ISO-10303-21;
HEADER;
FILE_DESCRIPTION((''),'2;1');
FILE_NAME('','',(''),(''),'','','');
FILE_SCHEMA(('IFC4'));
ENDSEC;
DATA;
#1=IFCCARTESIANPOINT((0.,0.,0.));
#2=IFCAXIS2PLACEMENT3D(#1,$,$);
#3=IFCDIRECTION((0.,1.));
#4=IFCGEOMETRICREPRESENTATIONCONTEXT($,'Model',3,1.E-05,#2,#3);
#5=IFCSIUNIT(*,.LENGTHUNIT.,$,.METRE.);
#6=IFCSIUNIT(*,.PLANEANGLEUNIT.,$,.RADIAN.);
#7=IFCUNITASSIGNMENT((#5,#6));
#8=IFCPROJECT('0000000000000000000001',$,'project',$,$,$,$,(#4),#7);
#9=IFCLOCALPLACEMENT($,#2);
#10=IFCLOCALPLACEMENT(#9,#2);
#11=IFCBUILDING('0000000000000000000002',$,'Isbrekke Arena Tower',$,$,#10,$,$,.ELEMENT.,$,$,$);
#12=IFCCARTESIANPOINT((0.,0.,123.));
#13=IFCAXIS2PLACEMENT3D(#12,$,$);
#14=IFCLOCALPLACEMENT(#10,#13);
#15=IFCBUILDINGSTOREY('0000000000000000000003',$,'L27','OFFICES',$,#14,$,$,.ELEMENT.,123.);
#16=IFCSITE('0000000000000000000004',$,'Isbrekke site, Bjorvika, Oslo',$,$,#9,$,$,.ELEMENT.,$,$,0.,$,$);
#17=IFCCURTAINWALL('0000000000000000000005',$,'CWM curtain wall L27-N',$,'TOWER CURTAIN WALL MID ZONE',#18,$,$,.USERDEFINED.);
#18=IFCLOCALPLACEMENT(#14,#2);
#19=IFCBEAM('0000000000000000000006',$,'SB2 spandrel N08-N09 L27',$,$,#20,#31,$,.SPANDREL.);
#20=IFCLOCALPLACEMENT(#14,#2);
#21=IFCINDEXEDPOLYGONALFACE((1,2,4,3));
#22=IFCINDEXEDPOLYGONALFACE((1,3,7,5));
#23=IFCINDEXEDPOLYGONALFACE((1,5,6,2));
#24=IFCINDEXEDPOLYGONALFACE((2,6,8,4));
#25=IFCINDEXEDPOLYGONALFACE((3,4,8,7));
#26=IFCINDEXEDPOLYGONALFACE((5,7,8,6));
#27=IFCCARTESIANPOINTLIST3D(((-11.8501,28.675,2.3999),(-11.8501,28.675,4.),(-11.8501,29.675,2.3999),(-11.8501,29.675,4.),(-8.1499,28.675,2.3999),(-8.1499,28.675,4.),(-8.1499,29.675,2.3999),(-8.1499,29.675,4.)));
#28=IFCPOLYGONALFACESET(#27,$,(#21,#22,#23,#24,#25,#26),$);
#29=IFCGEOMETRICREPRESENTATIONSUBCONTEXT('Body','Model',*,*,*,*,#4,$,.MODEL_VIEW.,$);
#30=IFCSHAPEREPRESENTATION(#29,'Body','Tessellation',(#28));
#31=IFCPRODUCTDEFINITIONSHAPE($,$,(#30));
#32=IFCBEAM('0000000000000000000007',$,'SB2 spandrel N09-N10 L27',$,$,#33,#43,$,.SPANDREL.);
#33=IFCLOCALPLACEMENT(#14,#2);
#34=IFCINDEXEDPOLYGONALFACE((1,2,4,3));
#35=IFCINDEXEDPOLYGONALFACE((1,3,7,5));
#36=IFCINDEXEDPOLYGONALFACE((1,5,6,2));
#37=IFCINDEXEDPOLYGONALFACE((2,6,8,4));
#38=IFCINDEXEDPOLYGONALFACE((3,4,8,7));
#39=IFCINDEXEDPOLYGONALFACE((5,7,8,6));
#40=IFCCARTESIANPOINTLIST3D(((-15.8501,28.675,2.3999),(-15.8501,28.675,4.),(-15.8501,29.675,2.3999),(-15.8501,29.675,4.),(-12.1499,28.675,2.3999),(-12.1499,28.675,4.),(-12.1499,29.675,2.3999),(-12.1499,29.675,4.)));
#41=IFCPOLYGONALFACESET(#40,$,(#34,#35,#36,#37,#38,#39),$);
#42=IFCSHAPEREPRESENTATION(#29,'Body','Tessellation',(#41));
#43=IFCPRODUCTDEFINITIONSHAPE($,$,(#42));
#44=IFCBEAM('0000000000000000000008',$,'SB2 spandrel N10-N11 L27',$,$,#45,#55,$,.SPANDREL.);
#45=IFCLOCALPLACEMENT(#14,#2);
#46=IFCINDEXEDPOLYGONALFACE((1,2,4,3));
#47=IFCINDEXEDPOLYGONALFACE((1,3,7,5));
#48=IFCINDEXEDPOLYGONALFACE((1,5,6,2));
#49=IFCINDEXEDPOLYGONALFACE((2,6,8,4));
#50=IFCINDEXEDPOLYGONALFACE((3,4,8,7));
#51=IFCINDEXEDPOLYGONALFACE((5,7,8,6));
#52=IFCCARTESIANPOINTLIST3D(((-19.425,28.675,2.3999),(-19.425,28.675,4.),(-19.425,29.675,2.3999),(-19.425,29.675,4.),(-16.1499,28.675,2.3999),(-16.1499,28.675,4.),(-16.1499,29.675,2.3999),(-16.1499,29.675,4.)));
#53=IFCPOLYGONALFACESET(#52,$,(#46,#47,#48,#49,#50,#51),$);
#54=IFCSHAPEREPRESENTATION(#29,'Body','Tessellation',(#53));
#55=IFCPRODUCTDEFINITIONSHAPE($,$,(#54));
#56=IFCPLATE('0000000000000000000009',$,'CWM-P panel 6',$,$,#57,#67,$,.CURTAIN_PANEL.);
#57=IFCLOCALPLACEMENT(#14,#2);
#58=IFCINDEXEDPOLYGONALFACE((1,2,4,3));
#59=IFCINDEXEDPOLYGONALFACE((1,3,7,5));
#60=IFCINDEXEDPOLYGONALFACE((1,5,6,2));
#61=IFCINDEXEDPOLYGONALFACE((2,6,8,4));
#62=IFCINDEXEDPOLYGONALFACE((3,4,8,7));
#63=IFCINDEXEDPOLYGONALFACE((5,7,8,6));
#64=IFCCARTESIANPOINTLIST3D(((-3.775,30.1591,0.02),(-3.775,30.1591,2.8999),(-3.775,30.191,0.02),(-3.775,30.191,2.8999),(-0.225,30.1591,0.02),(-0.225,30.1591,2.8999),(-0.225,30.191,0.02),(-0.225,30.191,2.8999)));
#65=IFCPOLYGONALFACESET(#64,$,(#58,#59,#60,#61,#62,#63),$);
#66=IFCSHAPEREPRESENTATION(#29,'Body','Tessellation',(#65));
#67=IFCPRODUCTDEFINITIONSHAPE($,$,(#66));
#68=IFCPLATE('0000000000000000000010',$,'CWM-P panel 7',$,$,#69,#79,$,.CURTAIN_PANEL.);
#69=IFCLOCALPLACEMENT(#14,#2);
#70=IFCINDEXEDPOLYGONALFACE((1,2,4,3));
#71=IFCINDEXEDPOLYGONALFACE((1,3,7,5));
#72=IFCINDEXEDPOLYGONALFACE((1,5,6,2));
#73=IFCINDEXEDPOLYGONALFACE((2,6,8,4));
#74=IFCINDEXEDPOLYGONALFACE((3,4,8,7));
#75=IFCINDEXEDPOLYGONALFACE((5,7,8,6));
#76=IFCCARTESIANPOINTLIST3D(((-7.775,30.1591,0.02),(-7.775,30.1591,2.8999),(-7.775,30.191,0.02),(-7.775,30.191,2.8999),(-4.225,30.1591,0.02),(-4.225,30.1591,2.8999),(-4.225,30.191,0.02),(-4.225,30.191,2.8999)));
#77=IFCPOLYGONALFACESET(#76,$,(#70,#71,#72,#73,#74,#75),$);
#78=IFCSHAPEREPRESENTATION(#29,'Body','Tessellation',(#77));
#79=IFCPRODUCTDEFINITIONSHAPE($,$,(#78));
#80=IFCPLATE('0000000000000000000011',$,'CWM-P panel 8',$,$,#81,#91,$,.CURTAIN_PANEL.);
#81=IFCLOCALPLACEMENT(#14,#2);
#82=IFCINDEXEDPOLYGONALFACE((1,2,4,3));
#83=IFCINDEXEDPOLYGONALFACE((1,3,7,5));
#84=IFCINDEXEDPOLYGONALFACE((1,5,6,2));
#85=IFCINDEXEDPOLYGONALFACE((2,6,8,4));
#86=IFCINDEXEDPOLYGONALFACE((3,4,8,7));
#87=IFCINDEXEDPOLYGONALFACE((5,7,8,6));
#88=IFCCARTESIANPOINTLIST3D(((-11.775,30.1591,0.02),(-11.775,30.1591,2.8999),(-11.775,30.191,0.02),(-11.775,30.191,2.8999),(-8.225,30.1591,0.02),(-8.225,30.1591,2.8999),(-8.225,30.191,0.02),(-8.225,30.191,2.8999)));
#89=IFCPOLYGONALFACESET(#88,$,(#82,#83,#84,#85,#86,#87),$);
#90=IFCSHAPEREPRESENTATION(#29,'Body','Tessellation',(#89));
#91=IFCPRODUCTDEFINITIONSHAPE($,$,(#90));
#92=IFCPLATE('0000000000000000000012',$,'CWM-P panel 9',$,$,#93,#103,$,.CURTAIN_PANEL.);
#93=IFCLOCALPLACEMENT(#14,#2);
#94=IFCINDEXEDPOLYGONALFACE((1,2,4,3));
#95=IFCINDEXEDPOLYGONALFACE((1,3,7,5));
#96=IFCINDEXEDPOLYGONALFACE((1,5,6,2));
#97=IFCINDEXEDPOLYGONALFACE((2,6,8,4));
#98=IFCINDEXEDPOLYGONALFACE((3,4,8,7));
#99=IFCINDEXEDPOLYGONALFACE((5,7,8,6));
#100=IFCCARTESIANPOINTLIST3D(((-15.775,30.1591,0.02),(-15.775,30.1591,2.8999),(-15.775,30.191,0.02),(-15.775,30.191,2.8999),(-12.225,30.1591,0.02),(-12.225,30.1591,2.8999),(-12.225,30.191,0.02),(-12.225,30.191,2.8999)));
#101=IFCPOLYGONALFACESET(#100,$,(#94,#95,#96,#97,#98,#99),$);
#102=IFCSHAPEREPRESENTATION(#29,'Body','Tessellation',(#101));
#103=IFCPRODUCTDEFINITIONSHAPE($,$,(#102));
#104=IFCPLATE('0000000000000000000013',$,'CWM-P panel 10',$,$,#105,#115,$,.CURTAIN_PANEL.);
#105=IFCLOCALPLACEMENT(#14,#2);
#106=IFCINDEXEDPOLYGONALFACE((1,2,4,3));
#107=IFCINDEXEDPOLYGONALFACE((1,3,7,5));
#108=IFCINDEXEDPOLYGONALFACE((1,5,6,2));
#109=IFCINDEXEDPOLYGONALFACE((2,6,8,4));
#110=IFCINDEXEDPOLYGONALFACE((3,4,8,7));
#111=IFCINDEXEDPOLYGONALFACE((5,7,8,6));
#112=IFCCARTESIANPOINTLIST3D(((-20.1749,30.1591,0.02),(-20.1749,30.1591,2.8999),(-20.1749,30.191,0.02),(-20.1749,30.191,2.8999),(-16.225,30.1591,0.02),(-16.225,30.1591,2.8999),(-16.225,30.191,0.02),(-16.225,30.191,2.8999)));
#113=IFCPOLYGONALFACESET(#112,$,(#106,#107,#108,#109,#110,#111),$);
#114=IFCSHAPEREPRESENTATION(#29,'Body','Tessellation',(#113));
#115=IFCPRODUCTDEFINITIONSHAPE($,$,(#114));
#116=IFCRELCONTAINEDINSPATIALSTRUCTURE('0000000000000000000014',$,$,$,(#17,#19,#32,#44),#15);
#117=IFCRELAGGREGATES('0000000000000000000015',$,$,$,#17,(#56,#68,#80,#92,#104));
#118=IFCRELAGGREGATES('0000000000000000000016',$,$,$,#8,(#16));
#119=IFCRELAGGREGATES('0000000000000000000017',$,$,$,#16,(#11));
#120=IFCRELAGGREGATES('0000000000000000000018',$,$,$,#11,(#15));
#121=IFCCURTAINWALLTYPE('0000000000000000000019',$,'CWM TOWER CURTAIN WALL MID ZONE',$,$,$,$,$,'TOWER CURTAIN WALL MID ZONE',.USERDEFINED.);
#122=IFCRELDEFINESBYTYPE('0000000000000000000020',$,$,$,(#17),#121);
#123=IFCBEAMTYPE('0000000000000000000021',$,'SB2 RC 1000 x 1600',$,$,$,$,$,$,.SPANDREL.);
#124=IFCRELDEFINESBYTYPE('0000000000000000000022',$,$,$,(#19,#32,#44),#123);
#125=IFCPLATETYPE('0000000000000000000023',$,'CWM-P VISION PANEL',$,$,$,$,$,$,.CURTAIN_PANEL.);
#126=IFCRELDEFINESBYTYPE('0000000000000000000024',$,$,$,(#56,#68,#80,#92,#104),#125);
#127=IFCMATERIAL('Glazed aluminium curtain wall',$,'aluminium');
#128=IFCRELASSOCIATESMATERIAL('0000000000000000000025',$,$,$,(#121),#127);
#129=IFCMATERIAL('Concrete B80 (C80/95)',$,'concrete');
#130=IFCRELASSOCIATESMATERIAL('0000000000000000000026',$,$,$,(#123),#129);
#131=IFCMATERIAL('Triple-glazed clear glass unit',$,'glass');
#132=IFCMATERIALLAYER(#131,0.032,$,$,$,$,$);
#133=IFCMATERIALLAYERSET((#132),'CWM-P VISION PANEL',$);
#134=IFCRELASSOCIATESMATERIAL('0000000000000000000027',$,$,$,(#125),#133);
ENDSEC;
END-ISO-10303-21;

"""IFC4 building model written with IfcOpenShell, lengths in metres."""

from ifc_helpers import new_model, si_unit, direction, frame, origin, origin_2d, place, context, subcontext, project, spatial, rectangle, extrude, material, layer, layer_set, material_profile, profile_set, type_object, element, aggregate, save


model = new_model("IFC4")

# Units and contexts
model_context = context("Model", 3, precision=1e-05, world=origin(), true_north=direction((0.0, 1.0)))
body_context = subcontext(model_context, "Body", "Model", "MODEL_VIEW")
ifc_project = project(units=[si_unit("LENGTHUNIT", "METRE"), si_unit("PLANEANGLEUNIT", "RADIAN")], contexts=[model_context])

# Site, building, storey
site_placement = place(None, origin())
site = spatial("IfcSite", under=ifc_project, at=site_placement, Name="Isbrekke site, Bjorvika, Oslo", CompositionType="ELEMENT", RefElevation=0.0)
building_placement = place(site_placement, origin())
building = spatial("IfcBuilding", under=site, at=building_placement, Name="Isbrekke Arena Tower", CompositionType="ELEMENT")
storey_placement = place(building_placement, frame((0.0, 0.0, 123.0)))
storey = spatial("IfcBuildingStorey", under=building, at=storey_placement, Name="L27", Description="OFFICES", CompositionType="ELEMENT", Elevation=123.0)

# Curtain wall
ifc_material_1 = material(Name="Glazed aluminium curtain wall", Category="aluminium")
curtain_wall_type = type_object("IfcCurtainWallType", Name="CWM TOWER CURTAIN WALL MID ZONE", ElementType="TOWER CURTAIN WALL MID ZONE", PredefinedType="USERDEFINED", material=ifc_material_1)
curtain_wall_placement = place(storey_placement, origin())
curtain_wall = element("IfcCurtainWall", 1, at=curtain_wall_placement, inside=storey, type_object=curtain_wall_type, Name="CWM curtain wall L27-N", ObjectType="TOWER CURTAIN WALL MID ZONE", PredefinedType="USERDEFINED")

# Beams
ifc_material_2 = material(Name="Concrete B80 (C80/95)", Category="concrete")
ifc_material_profile_1 = material_profile(ifc_material_2, rectangle(XDim=1.0, YDim=1.6001, at=origin_2d()), Name="RC 1000x1600")
ifc_profile_set_1 = profile_set([ifc_material_profile_1], Name="Concrete B80 (C80/95)")
beam_type_1 = type_object("IfcBeamType", Name="SB2 RC 1000 x 1600", PredefinedType="SPANDREL", material=ifc_profile_set_1)
for number, where, z_axis, x_axis, name in (
    (2, (-8.1499, 29.175, 3.2), (-1.0, 0.0, 0.0), (0.0, -1.0, 0.0), "SB2 spandrel N08-N09 L27"),
    (3, (-12.1499, 29.175, 3.2), (-1.0, 0.0, 0.0), (0.0, -1.0, 0.0), "SB2 spandrel N09-N10 L27"),
):
    element("IfcBeam", number, at=place(storey_placement, frame(where, z_axis=z_axis, x_axis=x_axis)), inside=storey, type_object=beam_type_1, Name=name, PredefinedType="SPANDREL", context=body_context, shape_type="SweptSolid", body=[
        extrude(rectangle(XDim=1.0, YDim=1.6001, at=origin_2d()), origin(), (0.0, 0.0, 1.0), 3.7002),
    ])
beam_1_placement = place(storey_placement, frame((-16.1499, 29.175, 3.2), z_axis=(-1.0, 0.0, 0.0), x_axis=(0.0, -1.0, 0.0)))
element("IfcBeam", 4, at=beam_1_placement, inside=storey, type_object=beam_type_1, Name="SB2 spandrel N10-N11 L27", PredefinedType="SPANDREL", context=body_context, shape_type="SweptSolid", body=[
    extrude(rectangle(XDim=1.0, YDim=1.6001, at=origin_2d()), origin(), (0.0, 0.0, 1.0), 3.2751),
])

# Plates
ifc_material_3 = material(Name="Triple-glazed clear glass unit", Category="glass")
ifc_layer = layer(ifc_material_3, 0.032)
ifc_layer_set = layer_set([ifc_layer], Name="CWM-P VISION PANEL")
plate_type = type_object("IfcPlateType", Name="CWM-P VISION PANEL", PredefinedType="CURTAIN_PANEL", material=ifc_layer_set)
plate_1_placement = place(storey_placement, frame((-2.0, 30.175, 0.02), z_axis=(0.0, 0.0, 1.0), x_axis=(-1.0, 0.0, 0.0)))
plate_1 = element("IfcPlate", 5, at=plate_1_placement, type_object=plate_type, Name="CWM-P panel 6", PredefinedType="CURTAIN_PANEL", context=body_context, shape_type="SweptSolid", body=[
    extrude(rectangle(XDim=3.55, YDim=0.032, at=origin_2d()), origin(), (0.0, 0.0, 1.0), 2.8799),
])
plate_2_placement = place(storey_placement, frame((-6.0, 30.175, 0.02), z_axis=(0.0, 0.0, 1.0), x_axis=(-1.0, 0.0, 0.0)))
plate_2 = element("IfcPlate", 6, at=plate_2_placement, type_object=plate_type, Name="CWM-P panel 7", PredefinedType="CURTAIN_PANEL", context=body_context, shape_type="SweptSolid", body=[
    extrude(rectangle(XDim=3.55, YDim=0.032, at=origin_2d()), origin(), (0.0, 0.0, 1.0), 2.8799),
])
plate_3_placement = place(storey_placement, frame((-10.0, 30.175, 0.02), z_axis=(0.0, 0.0, 1.0), x_axis=(-1.0, 0.0, 0.0)))
plate_3 = element("IfcPlate", 7, at=plate_3_placement, type_object=plate_type, Name="CWM-P panel 8", PredefinedType="CURTAIN_PANEL", context=body_context, shape_type="SweptSolid", body=[
    extrude(rectangle(XDim=3.55, YDim=0.032, at=origin_2d()), origin(), (0.0, 0.0, 1.0), 2.8799),
])
plate_4_placement = place(storey_placement, frame((-14.0, 30.175, 0.02), z_axis=(0.0, 0.0, 1.0), x_axis=(-1.0, 0.0, 0.0)))
plate_4 = element("IfcPlate", 8, at=plate_4_placement, type_object=plate_type, Name="CWM-P panel 9", PredefinedType="CURTAIN_PANEL", context=body_context, shape_type="SweptSolid", body=[
    extrude(rectangle(XDim=3.55, YDim=0.032, at=origin_2d()), origin(), (0.0, 0.0, 1.0), 2.8799),
])
plate_5_placement = place(storey_placement, frame((-18.2, 30.175, 0.02), z_axis=(0.0, 0.0, 1.0), x_axis=(-1.0, 0.0, 0.0)))
plate_5 = element("IfcPlate", 9, at=plate_5_placement, type_object=plate_type, Name="CWM-P panel 10", PredefinedType="CURTAIN_PANEL", context=body_context, shape_type="SweptSolid", body=[
    extrude(rectangle(XDim=3.95, YDim=0.032, at=origin_2d()), origin(), (0.0, 0.0, 1.0), 2.8799),
])
aggregate(curtain_wall, [plate_1, plate_2, plate_3, plate_4, plate_5])

save(model, "model.ifc")
